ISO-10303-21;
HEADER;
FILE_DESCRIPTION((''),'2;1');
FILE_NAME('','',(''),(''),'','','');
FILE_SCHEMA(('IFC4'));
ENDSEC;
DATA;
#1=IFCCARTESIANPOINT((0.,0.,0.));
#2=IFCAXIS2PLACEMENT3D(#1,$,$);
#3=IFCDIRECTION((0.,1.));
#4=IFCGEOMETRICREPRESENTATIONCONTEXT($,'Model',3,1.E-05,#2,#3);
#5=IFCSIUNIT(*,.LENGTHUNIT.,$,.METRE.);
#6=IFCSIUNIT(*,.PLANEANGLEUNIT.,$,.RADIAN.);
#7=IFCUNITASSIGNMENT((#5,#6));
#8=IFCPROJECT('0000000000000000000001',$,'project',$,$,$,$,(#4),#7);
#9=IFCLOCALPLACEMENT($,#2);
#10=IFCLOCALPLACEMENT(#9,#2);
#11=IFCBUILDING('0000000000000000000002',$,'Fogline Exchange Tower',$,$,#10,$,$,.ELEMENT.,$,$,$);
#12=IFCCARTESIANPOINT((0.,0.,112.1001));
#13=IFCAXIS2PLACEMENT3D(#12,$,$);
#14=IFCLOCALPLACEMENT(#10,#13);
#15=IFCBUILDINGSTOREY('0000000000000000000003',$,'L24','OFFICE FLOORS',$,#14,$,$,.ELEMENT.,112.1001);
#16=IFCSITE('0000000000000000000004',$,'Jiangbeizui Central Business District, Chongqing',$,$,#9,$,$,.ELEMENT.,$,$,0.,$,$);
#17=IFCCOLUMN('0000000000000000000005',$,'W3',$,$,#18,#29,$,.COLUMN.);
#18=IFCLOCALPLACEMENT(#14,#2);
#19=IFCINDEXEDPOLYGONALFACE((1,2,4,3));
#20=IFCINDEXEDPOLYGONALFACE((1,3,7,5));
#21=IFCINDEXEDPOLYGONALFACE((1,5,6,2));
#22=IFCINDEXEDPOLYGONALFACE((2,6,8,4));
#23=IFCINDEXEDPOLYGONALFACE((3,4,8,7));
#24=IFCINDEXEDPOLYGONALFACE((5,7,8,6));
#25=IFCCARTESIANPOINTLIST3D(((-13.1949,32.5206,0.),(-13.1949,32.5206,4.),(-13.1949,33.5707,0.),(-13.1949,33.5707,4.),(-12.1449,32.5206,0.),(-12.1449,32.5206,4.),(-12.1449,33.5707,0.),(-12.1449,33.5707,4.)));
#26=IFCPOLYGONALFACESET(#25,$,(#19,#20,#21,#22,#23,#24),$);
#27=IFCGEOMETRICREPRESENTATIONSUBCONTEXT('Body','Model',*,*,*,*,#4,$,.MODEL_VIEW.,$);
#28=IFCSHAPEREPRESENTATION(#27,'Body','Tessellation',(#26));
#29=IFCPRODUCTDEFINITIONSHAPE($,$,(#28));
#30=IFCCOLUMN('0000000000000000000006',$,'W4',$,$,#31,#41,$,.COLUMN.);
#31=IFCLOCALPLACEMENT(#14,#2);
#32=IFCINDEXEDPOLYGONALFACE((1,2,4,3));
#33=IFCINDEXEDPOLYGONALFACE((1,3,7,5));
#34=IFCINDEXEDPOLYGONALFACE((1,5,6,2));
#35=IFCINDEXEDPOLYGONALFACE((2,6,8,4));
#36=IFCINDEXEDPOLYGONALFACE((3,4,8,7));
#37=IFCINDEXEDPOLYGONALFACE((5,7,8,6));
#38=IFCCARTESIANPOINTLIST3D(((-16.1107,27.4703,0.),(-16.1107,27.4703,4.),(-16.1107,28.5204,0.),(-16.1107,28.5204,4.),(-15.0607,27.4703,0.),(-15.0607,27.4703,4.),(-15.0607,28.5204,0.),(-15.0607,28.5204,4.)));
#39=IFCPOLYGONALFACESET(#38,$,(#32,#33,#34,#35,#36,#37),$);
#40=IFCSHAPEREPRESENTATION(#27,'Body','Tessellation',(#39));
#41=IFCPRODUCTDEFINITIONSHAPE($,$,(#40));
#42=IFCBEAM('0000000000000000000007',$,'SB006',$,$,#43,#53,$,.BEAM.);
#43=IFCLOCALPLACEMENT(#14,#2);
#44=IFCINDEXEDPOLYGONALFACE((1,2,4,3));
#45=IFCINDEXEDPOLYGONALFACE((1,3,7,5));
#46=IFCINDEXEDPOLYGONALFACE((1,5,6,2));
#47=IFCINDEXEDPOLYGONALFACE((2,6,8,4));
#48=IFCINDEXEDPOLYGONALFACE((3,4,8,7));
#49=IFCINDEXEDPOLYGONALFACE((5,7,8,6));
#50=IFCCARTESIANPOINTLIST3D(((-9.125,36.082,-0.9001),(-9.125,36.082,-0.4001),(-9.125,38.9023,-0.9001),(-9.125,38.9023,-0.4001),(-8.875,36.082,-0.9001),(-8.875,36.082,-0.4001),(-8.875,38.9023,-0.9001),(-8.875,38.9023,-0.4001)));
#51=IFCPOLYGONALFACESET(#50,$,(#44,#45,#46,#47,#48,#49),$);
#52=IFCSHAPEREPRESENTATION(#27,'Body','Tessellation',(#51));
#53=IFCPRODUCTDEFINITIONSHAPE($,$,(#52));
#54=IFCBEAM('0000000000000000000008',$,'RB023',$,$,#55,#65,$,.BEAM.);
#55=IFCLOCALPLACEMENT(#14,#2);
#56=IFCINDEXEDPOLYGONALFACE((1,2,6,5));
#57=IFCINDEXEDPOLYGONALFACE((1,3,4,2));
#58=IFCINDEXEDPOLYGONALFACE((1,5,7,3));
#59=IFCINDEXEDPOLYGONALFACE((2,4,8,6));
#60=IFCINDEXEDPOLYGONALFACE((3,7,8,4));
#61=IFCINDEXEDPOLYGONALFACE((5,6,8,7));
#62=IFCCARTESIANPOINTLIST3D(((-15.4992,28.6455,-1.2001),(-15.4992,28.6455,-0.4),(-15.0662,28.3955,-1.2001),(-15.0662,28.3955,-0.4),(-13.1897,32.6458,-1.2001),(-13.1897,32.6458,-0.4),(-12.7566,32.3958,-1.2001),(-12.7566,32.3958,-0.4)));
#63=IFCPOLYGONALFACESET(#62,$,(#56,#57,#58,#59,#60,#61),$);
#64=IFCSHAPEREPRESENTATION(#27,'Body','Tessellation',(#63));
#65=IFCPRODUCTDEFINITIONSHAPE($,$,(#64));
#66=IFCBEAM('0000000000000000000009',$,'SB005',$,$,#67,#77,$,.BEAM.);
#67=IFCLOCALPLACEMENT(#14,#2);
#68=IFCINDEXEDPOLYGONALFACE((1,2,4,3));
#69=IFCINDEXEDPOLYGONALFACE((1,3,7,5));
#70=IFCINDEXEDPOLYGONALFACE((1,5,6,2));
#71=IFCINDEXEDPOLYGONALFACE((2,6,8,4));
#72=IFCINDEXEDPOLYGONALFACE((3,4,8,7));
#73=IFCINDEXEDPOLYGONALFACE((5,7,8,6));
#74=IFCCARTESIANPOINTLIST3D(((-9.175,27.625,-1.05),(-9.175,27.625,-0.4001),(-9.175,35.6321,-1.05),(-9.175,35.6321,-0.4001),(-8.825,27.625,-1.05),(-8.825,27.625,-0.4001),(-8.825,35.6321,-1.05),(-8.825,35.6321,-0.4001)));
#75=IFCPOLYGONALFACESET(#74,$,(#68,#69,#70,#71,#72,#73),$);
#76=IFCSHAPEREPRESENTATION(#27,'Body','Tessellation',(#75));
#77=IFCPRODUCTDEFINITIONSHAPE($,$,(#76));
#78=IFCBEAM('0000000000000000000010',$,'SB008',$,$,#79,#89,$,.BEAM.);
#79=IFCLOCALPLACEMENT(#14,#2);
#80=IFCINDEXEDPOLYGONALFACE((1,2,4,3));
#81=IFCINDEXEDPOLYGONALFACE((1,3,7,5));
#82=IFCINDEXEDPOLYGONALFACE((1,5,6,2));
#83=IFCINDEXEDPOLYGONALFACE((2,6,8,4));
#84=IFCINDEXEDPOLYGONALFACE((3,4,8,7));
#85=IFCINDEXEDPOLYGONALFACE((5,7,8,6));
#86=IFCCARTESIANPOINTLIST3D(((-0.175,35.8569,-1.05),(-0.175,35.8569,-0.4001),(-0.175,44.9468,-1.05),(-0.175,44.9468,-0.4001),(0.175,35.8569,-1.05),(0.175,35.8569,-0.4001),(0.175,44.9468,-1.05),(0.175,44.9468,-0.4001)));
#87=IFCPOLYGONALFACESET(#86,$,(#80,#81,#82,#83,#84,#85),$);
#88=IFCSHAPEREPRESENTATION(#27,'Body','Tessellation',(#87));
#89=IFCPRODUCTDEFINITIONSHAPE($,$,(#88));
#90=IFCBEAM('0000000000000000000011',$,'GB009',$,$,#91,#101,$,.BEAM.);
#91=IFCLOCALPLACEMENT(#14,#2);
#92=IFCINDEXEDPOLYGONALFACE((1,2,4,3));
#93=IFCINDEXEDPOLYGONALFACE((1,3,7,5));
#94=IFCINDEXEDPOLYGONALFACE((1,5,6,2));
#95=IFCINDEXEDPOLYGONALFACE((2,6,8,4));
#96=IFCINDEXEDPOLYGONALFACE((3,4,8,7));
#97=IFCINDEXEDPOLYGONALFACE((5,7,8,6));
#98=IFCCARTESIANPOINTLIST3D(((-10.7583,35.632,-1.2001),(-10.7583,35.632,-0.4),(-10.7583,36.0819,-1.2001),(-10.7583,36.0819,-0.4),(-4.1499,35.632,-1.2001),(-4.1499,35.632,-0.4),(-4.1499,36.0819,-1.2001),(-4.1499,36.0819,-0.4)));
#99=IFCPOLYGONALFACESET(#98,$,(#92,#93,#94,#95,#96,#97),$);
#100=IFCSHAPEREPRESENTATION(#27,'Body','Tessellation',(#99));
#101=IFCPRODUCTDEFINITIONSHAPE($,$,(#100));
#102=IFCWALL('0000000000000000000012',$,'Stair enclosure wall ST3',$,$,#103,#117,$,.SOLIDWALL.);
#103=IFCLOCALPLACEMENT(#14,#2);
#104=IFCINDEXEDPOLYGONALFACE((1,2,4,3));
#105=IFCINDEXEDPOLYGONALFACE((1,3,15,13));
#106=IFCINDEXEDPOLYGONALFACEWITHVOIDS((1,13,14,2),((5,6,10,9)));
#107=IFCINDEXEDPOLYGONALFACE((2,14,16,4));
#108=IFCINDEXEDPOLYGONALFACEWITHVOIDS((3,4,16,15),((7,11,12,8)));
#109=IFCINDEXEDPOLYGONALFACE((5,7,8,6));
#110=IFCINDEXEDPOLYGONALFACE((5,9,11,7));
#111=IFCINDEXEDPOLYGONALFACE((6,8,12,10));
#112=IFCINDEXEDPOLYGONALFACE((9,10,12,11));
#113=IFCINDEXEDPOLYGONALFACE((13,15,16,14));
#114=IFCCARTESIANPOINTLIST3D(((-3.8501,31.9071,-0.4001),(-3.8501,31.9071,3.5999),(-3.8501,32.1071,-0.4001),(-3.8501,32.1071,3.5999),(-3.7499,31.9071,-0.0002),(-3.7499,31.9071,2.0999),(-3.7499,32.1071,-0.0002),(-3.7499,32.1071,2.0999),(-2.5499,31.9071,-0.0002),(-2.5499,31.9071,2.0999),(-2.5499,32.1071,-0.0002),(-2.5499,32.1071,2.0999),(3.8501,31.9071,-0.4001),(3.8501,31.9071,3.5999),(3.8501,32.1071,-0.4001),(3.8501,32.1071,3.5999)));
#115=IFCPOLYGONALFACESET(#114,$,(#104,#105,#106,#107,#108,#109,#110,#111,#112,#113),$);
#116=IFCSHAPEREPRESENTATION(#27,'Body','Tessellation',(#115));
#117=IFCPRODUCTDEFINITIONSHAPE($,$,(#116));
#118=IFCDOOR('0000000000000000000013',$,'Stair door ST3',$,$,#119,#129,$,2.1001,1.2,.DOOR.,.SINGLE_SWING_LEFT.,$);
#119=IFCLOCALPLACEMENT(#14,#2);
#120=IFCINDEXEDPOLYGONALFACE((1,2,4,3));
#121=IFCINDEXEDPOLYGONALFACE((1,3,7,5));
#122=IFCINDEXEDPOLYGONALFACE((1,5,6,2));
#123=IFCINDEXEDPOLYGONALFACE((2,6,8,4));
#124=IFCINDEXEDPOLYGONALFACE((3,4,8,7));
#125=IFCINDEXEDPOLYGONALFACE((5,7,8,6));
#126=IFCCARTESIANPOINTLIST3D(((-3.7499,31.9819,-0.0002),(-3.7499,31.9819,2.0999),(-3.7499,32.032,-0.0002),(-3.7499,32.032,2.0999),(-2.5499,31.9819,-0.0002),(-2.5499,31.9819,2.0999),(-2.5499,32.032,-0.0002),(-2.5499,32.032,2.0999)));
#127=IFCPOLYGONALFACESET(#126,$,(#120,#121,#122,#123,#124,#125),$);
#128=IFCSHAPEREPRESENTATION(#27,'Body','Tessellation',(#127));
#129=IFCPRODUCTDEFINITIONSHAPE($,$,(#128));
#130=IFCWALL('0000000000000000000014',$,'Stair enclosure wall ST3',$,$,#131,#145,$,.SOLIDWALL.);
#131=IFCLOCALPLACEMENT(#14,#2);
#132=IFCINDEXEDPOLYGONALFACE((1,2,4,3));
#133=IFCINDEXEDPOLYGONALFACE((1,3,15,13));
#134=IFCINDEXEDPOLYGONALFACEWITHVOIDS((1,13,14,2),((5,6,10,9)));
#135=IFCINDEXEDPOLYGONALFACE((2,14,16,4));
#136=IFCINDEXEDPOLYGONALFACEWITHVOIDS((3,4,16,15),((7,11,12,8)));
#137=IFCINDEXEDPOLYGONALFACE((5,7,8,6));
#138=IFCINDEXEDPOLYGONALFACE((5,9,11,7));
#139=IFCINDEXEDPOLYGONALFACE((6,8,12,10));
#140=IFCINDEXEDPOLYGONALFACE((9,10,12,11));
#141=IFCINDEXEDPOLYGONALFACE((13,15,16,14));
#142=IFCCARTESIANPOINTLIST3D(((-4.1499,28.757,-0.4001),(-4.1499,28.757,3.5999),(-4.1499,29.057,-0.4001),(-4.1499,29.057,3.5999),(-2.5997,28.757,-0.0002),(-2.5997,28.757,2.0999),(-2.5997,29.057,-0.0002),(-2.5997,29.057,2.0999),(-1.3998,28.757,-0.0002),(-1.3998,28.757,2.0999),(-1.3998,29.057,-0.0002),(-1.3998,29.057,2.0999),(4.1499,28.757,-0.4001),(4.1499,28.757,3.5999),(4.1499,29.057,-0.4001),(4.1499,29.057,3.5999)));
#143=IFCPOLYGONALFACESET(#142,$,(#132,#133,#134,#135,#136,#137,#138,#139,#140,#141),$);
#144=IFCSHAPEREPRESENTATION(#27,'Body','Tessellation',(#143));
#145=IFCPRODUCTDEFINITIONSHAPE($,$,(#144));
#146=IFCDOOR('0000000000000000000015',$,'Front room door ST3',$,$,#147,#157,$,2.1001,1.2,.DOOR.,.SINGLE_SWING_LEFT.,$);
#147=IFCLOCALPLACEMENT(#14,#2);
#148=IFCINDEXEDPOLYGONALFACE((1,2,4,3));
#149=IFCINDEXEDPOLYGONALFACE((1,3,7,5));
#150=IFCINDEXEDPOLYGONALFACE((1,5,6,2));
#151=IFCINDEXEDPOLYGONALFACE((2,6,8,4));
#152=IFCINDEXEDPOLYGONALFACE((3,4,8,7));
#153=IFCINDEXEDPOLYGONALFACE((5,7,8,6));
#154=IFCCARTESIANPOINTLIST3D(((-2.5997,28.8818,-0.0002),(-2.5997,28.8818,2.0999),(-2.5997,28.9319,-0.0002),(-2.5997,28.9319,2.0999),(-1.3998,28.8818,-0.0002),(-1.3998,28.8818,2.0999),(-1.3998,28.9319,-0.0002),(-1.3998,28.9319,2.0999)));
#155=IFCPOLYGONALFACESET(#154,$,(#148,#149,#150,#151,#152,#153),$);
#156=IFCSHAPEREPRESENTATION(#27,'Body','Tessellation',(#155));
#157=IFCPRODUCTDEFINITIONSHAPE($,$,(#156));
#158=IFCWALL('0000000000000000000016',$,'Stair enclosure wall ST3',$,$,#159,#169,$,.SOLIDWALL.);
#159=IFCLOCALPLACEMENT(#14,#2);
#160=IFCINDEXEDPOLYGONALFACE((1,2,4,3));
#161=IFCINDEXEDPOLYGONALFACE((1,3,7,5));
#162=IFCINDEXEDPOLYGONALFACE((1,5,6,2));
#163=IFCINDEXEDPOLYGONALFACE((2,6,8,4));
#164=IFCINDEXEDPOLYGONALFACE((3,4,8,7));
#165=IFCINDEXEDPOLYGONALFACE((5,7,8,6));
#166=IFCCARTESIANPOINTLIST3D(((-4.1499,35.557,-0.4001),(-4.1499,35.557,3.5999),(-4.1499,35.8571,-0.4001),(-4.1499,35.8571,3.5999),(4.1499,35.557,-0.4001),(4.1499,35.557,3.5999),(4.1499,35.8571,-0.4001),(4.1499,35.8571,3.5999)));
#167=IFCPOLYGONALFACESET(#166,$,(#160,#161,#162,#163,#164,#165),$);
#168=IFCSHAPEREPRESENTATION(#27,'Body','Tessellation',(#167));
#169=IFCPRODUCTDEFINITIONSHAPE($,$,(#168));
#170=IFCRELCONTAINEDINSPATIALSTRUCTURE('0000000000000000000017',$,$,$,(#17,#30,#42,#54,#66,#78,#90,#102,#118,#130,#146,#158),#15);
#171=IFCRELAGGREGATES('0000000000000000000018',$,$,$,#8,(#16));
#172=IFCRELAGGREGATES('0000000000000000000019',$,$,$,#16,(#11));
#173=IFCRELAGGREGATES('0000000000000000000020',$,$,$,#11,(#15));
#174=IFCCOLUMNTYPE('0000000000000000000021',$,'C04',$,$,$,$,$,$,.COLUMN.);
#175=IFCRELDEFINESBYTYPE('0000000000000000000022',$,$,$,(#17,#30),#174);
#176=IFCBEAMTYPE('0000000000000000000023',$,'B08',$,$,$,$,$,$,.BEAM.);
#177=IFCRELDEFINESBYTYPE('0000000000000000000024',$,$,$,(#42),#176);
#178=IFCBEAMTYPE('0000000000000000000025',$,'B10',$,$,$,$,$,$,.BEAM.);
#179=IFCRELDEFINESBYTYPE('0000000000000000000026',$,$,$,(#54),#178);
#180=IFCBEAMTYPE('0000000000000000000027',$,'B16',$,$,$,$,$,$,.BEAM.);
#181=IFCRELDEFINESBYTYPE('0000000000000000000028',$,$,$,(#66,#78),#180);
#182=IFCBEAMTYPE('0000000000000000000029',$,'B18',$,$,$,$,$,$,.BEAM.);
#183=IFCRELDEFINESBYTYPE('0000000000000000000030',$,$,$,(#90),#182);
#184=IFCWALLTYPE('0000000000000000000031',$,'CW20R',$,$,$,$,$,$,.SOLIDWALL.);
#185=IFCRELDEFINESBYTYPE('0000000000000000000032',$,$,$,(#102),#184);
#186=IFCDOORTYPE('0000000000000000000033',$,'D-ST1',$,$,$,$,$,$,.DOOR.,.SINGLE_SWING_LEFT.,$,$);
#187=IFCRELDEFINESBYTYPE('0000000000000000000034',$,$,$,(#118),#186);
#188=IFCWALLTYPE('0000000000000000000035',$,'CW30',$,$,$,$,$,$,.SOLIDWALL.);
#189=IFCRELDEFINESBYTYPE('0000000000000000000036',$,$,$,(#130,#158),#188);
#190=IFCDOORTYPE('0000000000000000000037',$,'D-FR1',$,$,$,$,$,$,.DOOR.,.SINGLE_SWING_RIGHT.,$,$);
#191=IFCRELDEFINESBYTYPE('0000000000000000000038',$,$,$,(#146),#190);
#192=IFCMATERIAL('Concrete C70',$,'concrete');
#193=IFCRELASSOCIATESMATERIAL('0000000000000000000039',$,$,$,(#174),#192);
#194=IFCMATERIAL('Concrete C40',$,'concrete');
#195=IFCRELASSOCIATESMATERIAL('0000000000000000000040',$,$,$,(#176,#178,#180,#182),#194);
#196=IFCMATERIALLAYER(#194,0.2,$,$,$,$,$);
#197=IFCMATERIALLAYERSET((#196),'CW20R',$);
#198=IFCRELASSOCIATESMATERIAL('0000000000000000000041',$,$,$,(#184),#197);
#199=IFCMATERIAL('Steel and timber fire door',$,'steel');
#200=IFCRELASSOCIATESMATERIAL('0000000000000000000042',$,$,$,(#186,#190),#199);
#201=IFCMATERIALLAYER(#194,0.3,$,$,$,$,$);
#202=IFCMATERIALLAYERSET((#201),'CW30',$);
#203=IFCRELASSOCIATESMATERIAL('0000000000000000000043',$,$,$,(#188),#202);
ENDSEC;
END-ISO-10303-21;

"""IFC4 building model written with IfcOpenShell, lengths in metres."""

from ifc_helpers import new_model, si_unit, direction, frame, frame_2d, origin, origin_2d, place, context, subcontext, project, spatial, rectangle, extrude, material, layer, layer_set, material_profile, profile_set, type_object, element, fill, save


model = new_model("IFC4")

# Units and contexts
model_context = context("Model", 3, precision=1e-05, world=origin(), true_north=direction((0.0, 1.0)))
body_context = subcontext(model_context, "Body", "Model", "MODEL_VIEW")
ifc_project = project(units=[si_unit("LENGTHUNIT", "METRE"), si_unit("PLANEANGLEUNIT", "RADIAN")], contexts=[model_context])

# Site, building, storey
site_placement = place(None, origin())
site = spatial("IfcSite", under=ifc_project, at=site_placement, Name="Jiangbeizui Central Business District, Chongqing", CompositionType="ELEMENT", RefElevation=0.0)
building_placement = place(site_placement, origin())
building = spatial("IfcBuilding", under=site, at=building_placement, Name="Fogline Exchange Tower", CompositionType="ELEMENT")
storey_placement = place(building_placement, frame((0.0, 0.0, 112.1001)))
storey = spatial("IfcBuildingStorey", under=building, at=storey_placement, Name="L24", Description="OFFICE FLOORS", CompositionType="ELEMENT", Elevation=112.1001)

# Columns
ifc_material_1 = material(Name="Concrete C70", Category="concrete")
ifc_material_profile_1 = material_profile(ifc_material_1, rectangle(XDim=1.05, YDim=1.05, at=origin_2d()), Name="RC 1050x1050")
ifc_profile_set_1 = profile_set([ifc_material_profile_1], Name="Concrete C70")
column_type = type_object("IfcColumnType", Name="C04", PredefinedType="COLUMN", material=ifc_profile_set_1)
for number, where, z_axis, x_axis, name in (
    (1, (-12.6699, 33.0457, 0.0), (0.0, 0.0, 1.0), (1.0, 0.0, 0.0), "W3"),
    (2, (-15.5857, 27.9954, 0.0), (0.0, 0.0, 1.0), (1.0, 0.0, 0.0), "W4"),
):
    element("IfcColumn", number, at=place(storey_placement, frame(where, z_axis=z_axis, x_axis=x_axis)), inside=storey, type_object=column_type, Name=name, PredefinedType="COLUMN", context=body_context, shape_type="SweptSolid", body=[
        extrude(rectangle(XDim=1.05, YDim=1.05, at=origin_2d()), origin(), (0.0, 0.0, 1.0), 4.0),
    ])

# Beams
ifc_material_2 = material(Name="Concrete C40", Category="concrete")
ifc_material_profile_2 = material_profile(ifc_material_2, rectangle(XDim=0.25, YDim=0.5, at=origin_2d()), Name="RC 250x500")
ifc_profile_set_2 = profile_set([ifc_material_profile_2], Name="Concrete C40")
beam_type_1 = type_object("IfcBeamType", Name="B08", PredefinedType="BEAM", material=ifc_profile_set_2)
beam_1_placement = place(storey_placement, frame((-9.0, 36.082, -0.6501), z_axis=(0.0, 1.0, 0.0), x_axis=(-1.0, 0.0, 0.0)))
element("IfcBeam", 3, at=beam_1_placement, inside=storey, type_object=beam_type_1, Name="SB006", PredefinedType="BEAM", context=body_context, shape_type="SweptSolid", body=[
    extrude(rectangle(XDim=0.25, YDim=0.5, at=origin_2d()), origin(), (0.0, 0.0, 1.0), 2.8203),
])
ifc_material_profile_3 = material_profile(ifc_material_2, rectangle(XDim=0.5, YDim=0.8, at=origin_2d()), Name="RC 500x800")
ifc_profile_set_3 = profile_set([ifc_material_profile_3], Name="Concrete C40")
beam_type_2 = type_object("IfcBeamType", Name="B10", PredefinedType="BEAM", material=ifc_profile_set_3)
beam_2_placement = place(storey_placement, frame((-12.9731, 32.5208, -0.8), z_axis=(-0.500005, -0.866023, 0.0), x_axis=(0.866023, -0.500005, 0.0)))
element("IfcBeam", 4, at=beam_2_placement, inside=storey, type_object=beam_type_2, Name="RB023", PredefinedType="BEAM", context=body_context, shape_type="SweptSolid", body=[
    extrude(rectangle(XDim=0.5, YDim=0.8, at=origin_2d()), origin(), (0.0, 0.0, 1.0), 4.6191),
])
ifc_material_profile_4 = material_profile(ifc_material_2, rectangle(XDim=0.3501, YDim=0.6499, at=origin_2d()), Name="RC 350x650")
ifc_profile_set_4 = profile_set([ifc_material_profile_4], Name="Concrete C40")
beam_type_3 = type_object("IfcBeamType", Name="B16", PredefinedType="BEAM", material=ifc_profile_set_4)
beam_3_placement = place(storey_placement, frame((-9.0, 27.625, -0.7251), z_axis=(0.0, 1.0, 0.0), x_axis=(-1.0, 0.0, 0.0)))
element("IfcBeam", 5, at=beam_3_placement, inside=storey, type_object=beam_type_3, Name="SB005", PredefinedType="BEAM", context=body_context, shape_type="SweptSolid", body=[
    extrude(rectangle(XDim=0.3501, YDim=0.6499, at=origin_2d()), origin(), (0.0, 0.0, 1.0), 8.0071),
])
beam_4_placement = place(storey_placement, frame((0.0, 35.8569, -0.7251), z_axis=(0.0, 1.0, 0.0), x_axis=(-1.0, 0.0, 0.0)))
element("IfcBeam", 6, at=beam_4_placement, inside=storey, type_object=beam_type_3, Name="SB008", PredefinedType="BEAM", context=body_context, shape_type="SweptSolid", body=[
    extrude(rectangle(XDim=0.3501, YDim=0.6499, at=origin_2d()), origin(), (0.0, 0.0, 1.0), 9.0898),
])
ifc_material_profile_5 = material_profile(ifc_material_2, rectangle(XDim=0.45, YDim=0.8, at=origin_2d()), Name="RC 450x800")
ifc_profile_set_5 = profile_set([ifc_material_profile_5], Name="Concrete C40")
beam_type_4 = type_object("IfcBeamType", Name="B18", PredefinedType="BEAM", material=ifc_profile_set_5)
beam_5_placement = place(storey_placement, frame((-10.7583, 35.8569, -0.8), z_axis=(1.0, 0.0, 0.0), x_axis=(0.0, 1.0, 0.0)))
element("IfcBeam", 7, at=beam_5_placement, inside=storey, type_object=beam_type_4, Name="GB009", PredefinedType="BEAM", context=body_context, shape_type="SweptSolid", body=[
    extrude(rectangle(XDim=0.45, YDim=0.8, at=origin_2d()), origin(), (0.0, 0.0, 1.0), 6.6084),
])

# Walls, openings, doors
ifc_layer_1 = layer(ifc_material_2, 0.2)
ifc_layer_set_1 = layer_set([ifc_layer_1], Name="CW20R")
wall_type_1 = type_object("IfcWallType", Name="CW20R", PredefinedType="SOLIDWALL", material=ifc_layer_set_1)
wall_1_placement = place(storey_placement, frame((-3.8501, 32.0071, -0.4001), z_axis=(0.0, 0.0, 1.0), x_axis=(1.0, 0.0, 0.0)))
wall_1 = element("IfcWall", 8, at=wall_1_placement, inside=storey, type_object=wall_type_1, Name="Stair enclosure wall ST3", PredefinedType="SOLIDWALL", context=body_context, shape_type="SweptSolid", body=[
    extrude(rectangle(XDim=7.7002, YDim=0.2, at=frame_2d((3.8501, 0.0))), origin(), (0.0, 0.0, 1.0), 4.0),
])
opening_1_placement = place(wall_1_placement, frame((0.1001, 0.0, 0.3999)))
opening_1 = element("IfcOpeningElement", 9, at=opening_1_placement, cuts=wall_1, PredefinedType="OPENING", context=body_context, shape_type="SweptSolid", body=[
    extrude(rectangle(XDim=1.2, YDim=2.1001, at=frame_2d((0.6001, 1.05))), frame((0.0, 0.1099, 0.0), z_axis=(0.0, -1.0, 0.0), x_axis=(1.0, 0.0, 0.0)), (0.0, 0.0, 1.0), 0.22),
])
ifc_material_3 = material(Name="Steel and timber fire door", Category="steel")
door_type_1 = type_object("IfcDoorType", Name="D-ST1", OperationType="SINGLE_SWING_LEFT", PredefinedType="DOOR", material=ifc_material_3)
door_1_placement = place(opening_1_placement, origin())
door_1 = element("IfcDoor", 10, at=door_1_placement, inside=storey, type_object=door_type_1, Name="Stair door ST3", OperationType="SINGLE_SWING_LEFT", OverallHeight=2.1001, OverallWidth=1.2, PredefinedType="DOOR", context=body_context, shape_type="SweptSolid", body=[
    extrude(rectangle(XDim=1.2, YDim=2.1001, at=frame_2d((0.6001, 1.05))), frame((0.0, 0.0249, 0.0), z_axis=(0.0, -1.0, 0.0), x_axis=(1.0, 0.0, 0.0)), (0.0, 0.0, 1.0), 0.05),
])
fill(opening_1, door_1)
ifc_layer_2 = layer(ifc_material_2, 0.3)
ifc_layer_set_2 = layer_set([ifc_layer_2], Name="CW30")
wall_type_2 = type_object("IfcWallType", Name="CW30", PredefinedType="SOLIDWALL", material=ifc_layer_set_2)
wall_2_placement = place(storey_placement, frame((-4.1499, 28.907, -0.4001), z_axis=(0.0, 0.0, 1.0), x_axis=(1.0, 0.0, 0.0)))
wall_2 = element("IfcWall", 11, at=wall_2_placement, inside=storey, type_object=wall_type_2, Name="Stair enclosure wall ST3", PredefinedType="SOLIDWALL", context=body_context, shape_type="SweptSolid", body=[
    extrude(rectangle(XDim=8.2998, YDim=0.3, at=frame_2d((4.1499, 0.0))), origin(), (0.0, 0.0, 1.0), 4.0),
])
opening_2_placement = place(wall_2_placement, frame((1.55, 0.0, 0.3999)))
opening_2 = element("IfcOpeningElement", 12, at=opening_2_placement, cuts=wall_2, PredefinedType="OPENING", context=body_context, shape_type="SweptSolid", body=[
    extrude(rectangle(XDim=1.2, YDim=2.1001, at=frame_2d((0.6001, 1.05))), frame((0.0, 0.1602, 0.0), z_axis=(0.0, -1.0, 0.0), x_axis=(1.0, 0.0, 0.0)), (0.0, 0.0, 1.0), 0.3201),
])
door_type_2 = type_object("IfcDoorType", Name="D-FR1", OperationType="SINGLE_SWING_RIGHT", PredefinedType="DOOR", material=ifc_material_3)
door_2_placement = place(opening_2_placement, origin())
door_2 = element("IfcDoor", 13, at=door_2_placement, inside=storey, type_object=door_type_2, Name="Front room door ST3", OperationType="SINGLE_SWING_LEFT", OverallHeight=2.1001, OverallWidth=1.2, PredefinedType="DOOR", context=body_context, shape_type="SweptSolid", body=[
    extrude(rectangle(XDim=1.2, YDim=2.1001, at=frame_2d((0.6001, 1.05))), frame((0.0, 0.0249, 0.0), z_axis=(0.0, -1.0, 0.0), x_axis=(1.0, 0.0, 0.0)), (0.0, 0.0, 1.0), 0.05),
])
fill(opening_2, door_2)

# Wall
wall_3_placement = place(storey_placement, frame((-4.1499, 35.707, -0.4001), z_axis=(0.0, 0.0, 1.0), x_axis=(1.0, 0.0, 0.0)))
element("IfcWall", 14, at=wall_3_placement, inside=storey, type_object=wall_type_2, Name="Stair enclosure wall ST3", PredefinedType="SOLIDWALL", context=body_context, shape_type="SweptSolid", body=[
    extrude(rectangle(XDim=8.2998, YDim=0.3, at=frame_2d((4.1499, 0.0))), origin(), (0.0, 0.0, 1.0), 4.0),
])

save(model, "model.ifc")
